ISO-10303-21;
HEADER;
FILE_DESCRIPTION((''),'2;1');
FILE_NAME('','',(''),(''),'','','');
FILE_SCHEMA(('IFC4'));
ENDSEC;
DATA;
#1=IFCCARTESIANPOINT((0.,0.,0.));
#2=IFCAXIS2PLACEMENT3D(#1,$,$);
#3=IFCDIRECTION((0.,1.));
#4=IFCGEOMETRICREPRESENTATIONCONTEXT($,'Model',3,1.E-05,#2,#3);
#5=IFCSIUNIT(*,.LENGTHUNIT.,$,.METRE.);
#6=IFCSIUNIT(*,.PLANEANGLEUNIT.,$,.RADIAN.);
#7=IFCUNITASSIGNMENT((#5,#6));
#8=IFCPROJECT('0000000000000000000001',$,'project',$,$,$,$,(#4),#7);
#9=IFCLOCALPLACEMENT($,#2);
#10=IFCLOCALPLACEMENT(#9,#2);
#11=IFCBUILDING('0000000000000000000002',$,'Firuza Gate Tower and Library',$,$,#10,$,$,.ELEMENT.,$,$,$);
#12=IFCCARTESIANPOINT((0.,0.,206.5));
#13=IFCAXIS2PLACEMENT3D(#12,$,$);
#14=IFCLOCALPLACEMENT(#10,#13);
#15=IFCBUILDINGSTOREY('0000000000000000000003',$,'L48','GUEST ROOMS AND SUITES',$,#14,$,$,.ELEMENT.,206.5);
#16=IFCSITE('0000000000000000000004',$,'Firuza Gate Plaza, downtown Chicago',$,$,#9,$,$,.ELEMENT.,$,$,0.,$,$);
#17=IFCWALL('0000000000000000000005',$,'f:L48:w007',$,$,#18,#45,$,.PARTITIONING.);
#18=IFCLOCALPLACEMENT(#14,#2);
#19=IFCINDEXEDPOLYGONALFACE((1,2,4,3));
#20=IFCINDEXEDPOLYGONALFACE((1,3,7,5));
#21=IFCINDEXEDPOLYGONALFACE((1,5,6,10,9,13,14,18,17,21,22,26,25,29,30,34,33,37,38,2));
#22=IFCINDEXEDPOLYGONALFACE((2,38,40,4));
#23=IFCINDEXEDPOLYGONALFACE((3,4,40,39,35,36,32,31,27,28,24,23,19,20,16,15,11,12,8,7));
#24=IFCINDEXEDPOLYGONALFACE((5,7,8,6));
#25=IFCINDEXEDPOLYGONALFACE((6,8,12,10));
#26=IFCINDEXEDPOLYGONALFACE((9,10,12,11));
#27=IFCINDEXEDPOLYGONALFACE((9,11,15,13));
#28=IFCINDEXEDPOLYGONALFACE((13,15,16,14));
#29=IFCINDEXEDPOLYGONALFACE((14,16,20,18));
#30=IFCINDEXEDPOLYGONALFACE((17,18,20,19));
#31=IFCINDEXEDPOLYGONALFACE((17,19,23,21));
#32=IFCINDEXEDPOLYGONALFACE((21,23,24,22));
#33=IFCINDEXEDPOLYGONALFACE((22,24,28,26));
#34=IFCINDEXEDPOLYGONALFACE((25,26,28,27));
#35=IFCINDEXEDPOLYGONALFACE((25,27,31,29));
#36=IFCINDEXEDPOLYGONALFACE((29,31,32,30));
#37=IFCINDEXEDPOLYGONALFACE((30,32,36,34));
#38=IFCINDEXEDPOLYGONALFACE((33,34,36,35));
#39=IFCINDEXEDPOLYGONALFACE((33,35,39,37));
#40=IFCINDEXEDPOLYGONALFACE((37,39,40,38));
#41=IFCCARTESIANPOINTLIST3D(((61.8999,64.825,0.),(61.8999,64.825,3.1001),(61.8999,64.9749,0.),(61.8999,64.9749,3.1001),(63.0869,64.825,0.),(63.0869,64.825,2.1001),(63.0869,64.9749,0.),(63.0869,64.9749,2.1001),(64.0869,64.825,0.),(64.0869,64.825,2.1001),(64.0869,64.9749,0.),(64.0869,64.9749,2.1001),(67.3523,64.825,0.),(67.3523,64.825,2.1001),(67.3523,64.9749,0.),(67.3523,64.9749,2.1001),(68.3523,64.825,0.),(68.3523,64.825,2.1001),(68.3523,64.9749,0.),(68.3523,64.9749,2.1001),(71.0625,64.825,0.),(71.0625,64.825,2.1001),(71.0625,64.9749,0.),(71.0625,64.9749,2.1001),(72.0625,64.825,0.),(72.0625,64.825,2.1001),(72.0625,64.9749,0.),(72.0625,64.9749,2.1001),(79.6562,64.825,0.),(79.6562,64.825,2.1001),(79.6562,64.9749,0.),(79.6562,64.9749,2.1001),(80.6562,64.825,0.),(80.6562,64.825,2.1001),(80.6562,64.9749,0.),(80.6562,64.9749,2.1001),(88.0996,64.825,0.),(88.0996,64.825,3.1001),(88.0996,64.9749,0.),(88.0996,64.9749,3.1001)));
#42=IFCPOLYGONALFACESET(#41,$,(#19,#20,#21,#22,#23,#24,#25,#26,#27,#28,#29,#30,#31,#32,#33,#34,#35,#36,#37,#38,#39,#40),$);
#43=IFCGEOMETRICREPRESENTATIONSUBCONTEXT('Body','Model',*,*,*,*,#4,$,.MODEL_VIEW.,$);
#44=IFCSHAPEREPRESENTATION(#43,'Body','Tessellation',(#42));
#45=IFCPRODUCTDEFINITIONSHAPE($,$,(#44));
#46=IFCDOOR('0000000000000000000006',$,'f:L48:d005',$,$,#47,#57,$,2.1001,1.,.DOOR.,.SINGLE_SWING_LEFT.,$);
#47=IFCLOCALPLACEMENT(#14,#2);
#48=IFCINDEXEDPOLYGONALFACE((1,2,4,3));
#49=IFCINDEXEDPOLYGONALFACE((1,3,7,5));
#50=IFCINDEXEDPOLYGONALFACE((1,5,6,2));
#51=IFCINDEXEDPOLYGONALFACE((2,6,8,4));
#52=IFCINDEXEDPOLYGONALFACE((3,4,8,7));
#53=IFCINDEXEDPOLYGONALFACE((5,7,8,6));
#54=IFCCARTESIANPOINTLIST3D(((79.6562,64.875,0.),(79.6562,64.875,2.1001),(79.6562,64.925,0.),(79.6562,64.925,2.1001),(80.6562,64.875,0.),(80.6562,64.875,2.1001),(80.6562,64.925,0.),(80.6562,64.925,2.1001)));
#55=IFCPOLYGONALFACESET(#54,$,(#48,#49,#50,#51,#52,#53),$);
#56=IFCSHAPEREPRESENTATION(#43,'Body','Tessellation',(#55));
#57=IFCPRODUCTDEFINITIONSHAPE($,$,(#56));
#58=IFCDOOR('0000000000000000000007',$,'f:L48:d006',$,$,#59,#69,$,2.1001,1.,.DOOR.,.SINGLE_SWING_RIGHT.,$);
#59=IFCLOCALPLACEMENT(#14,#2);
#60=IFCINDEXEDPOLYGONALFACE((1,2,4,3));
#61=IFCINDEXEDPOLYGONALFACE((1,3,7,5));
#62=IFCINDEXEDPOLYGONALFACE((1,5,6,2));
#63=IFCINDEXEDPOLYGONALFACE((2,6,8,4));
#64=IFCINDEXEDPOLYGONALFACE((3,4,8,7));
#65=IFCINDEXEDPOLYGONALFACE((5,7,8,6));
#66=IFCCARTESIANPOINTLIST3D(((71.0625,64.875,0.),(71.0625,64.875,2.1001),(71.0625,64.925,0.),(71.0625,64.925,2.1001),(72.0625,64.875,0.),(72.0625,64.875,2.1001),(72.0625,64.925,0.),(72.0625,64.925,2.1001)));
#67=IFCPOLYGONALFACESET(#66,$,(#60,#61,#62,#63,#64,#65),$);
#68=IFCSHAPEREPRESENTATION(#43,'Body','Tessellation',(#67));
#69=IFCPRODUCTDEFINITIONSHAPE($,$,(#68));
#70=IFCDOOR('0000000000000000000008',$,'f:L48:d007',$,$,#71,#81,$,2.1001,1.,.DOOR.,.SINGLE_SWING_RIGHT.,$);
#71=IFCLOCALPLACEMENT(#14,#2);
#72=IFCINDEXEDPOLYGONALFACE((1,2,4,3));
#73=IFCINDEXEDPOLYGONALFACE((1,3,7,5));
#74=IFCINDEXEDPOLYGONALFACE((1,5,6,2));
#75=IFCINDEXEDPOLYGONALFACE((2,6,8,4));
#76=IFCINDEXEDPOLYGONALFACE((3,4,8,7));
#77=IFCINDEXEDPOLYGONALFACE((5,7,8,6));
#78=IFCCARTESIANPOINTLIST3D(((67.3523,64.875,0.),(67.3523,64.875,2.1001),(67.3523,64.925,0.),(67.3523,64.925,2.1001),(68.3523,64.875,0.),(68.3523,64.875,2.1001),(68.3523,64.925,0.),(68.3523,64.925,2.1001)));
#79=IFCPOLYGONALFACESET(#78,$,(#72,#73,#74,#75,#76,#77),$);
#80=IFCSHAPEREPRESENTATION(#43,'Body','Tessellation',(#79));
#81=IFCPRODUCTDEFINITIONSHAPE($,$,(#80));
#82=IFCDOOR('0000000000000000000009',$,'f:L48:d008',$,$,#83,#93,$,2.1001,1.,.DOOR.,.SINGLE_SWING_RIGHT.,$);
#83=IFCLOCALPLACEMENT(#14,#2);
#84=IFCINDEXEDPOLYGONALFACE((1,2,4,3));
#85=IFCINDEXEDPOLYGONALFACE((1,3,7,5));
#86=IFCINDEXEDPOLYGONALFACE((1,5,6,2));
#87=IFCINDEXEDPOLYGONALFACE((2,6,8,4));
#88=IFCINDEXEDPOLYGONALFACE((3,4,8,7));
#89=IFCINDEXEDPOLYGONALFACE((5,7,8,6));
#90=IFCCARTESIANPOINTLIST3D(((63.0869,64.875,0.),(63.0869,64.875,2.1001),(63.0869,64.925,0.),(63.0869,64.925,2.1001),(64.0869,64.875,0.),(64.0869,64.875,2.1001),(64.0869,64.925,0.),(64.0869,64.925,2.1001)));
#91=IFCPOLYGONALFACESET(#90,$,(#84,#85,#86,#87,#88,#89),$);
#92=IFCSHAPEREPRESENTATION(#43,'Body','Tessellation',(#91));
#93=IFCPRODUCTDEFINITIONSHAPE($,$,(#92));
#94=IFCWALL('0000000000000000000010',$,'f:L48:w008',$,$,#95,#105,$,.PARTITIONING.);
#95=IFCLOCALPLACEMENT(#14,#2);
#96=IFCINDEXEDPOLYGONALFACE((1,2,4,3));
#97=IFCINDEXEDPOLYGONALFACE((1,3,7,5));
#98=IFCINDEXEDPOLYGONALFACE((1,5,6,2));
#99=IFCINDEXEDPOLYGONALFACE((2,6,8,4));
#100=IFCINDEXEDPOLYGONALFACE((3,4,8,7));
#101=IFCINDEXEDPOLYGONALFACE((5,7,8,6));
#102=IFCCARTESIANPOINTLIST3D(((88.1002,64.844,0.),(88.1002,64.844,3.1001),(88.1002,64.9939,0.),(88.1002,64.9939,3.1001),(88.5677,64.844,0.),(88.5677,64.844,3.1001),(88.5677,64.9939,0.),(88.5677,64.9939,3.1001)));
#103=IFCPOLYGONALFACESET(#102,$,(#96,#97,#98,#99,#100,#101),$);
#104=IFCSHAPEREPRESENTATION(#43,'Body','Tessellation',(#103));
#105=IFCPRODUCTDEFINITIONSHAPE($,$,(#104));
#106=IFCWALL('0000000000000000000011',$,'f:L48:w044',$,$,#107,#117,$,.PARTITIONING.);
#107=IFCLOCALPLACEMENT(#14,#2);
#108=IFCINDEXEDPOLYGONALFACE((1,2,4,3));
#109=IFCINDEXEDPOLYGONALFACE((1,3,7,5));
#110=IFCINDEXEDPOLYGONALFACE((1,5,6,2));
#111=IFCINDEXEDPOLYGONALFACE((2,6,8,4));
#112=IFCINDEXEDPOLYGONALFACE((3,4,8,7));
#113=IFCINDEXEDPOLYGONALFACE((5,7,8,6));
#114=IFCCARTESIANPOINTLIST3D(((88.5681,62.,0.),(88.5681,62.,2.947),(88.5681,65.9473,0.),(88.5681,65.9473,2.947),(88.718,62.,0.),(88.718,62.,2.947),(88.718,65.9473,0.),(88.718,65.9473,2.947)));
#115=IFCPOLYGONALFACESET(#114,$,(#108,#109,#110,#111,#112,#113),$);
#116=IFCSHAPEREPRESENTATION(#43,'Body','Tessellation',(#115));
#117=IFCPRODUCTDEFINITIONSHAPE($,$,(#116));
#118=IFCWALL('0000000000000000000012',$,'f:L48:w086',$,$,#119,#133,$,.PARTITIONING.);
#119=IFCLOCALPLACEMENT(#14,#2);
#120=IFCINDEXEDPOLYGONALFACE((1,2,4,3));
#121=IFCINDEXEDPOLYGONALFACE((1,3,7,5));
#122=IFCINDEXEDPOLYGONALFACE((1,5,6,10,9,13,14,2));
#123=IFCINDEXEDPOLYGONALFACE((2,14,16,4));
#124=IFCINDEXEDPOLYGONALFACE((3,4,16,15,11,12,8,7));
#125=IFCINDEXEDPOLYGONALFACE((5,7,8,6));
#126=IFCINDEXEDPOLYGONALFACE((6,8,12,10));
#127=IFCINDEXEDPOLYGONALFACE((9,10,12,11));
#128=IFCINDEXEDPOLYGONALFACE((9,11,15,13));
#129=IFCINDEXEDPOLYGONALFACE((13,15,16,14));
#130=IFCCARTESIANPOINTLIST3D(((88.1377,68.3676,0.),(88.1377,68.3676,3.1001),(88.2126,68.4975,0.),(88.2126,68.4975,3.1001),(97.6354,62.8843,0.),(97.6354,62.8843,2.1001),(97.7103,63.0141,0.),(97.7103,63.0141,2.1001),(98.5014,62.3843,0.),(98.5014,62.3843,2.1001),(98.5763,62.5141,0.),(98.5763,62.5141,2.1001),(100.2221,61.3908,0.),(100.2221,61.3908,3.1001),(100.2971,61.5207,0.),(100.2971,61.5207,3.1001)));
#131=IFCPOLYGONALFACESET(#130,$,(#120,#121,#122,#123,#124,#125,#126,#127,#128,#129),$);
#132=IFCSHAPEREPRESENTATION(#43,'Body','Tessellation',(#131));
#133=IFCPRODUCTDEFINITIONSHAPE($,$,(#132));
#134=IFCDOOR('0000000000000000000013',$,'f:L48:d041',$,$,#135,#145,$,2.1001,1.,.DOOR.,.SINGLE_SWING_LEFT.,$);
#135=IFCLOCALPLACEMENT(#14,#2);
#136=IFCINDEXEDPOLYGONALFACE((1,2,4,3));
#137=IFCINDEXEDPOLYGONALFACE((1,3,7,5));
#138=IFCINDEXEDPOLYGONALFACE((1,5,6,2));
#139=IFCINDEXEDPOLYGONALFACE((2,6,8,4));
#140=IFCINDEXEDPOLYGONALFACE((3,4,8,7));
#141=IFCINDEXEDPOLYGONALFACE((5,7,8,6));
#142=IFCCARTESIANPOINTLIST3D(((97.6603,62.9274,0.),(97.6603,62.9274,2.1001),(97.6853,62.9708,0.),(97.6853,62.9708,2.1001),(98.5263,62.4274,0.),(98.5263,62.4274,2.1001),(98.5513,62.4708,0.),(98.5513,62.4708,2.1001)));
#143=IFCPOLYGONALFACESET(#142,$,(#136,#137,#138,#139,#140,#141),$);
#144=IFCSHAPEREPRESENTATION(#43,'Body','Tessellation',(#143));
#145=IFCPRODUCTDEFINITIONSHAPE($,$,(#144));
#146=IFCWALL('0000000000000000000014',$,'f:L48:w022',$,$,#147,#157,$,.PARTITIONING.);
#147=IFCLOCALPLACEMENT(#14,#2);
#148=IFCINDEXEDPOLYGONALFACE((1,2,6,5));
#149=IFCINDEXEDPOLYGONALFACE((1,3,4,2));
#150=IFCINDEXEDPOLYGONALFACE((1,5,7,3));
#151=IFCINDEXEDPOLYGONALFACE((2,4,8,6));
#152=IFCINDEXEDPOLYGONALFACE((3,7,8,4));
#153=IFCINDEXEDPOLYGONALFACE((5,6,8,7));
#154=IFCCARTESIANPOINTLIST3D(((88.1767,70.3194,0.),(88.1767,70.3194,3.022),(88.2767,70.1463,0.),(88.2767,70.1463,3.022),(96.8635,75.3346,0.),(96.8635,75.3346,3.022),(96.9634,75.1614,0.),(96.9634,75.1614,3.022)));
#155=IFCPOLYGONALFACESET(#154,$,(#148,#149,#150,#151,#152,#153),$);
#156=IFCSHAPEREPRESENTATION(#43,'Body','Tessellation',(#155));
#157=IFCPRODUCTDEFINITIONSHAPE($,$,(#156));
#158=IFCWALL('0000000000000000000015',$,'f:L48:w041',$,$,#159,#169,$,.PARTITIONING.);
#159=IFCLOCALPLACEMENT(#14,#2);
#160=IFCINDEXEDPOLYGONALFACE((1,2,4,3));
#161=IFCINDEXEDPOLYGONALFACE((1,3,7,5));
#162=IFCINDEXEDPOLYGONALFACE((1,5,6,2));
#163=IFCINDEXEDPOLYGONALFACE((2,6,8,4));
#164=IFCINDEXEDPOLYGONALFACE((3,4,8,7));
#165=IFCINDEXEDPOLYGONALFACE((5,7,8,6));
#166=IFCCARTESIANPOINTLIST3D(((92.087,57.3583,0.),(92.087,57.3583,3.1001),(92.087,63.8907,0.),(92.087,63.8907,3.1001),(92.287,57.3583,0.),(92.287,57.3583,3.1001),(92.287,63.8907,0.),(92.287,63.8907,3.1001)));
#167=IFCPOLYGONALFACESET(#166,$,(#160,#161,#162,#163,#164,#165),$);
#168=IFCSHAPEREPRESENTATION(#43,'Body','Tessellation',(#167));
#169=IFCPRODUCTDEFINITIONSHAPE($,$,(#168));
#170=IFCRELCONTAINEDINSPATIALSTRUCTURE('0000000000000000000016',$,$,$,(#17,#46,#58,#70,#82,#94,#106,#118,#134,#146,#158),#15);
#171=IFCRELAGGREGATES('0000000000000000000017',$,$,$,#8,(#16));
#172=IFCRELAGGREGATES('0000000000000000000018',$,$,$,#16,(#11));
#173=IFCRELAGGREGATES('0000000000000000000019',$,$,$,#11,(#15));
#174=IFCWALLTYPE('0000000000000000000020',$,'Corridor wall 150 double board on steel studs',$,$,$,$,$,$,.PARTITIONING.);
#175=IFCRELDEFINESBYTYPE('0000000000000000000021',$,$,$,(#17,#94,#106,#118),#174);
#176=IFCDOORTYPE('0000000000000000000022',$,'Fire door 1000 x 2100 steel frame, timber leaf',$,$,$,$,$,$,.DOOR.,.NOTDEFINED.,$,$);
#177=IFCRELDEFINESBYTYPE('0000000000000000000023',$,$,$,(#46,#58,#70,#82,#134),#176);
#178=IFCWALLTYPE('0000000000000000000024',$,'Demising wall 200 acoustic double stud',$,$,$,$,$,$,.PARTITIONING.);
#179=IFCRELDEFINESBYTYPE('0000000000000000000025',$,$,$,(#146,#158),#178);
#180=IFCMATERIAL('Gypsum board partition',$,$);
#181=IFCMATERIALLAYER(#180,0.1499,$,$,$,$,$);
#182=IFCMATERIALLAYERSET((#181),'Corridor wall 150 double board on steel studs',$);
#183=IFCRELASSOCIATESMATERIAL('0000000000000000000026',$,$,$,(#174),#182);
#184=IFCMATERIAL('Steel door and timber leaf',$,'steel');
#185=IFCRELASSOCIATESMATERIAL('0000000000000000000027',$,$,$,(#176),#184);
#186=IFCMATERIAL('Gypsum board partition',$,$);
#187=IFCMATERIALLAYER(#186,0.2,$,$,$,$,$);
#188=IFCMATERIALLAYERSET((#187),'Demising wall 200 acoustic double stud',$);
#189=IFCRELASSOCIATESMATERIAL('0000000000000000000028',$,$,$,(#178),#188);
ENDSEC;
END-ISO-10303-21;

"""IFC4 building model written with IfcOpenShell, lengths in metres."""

from ifc_helpers import new_model, si_unit, direction, frame, frame_2d, origin, place, context, subcontext, project, spatial, rectangle, extrude, material, layer, layer_set, type_object, element, fill, save


model = new_model("IFC4")

# Units and contexts
model_context = context("Model", 3, precision=1e-05, world=origin(), true_north=direction((0.0, 1.0)))
body_context = subcontext(model_context, "Body", "Model", "MODEL_VIEW")
ifc_project = project(units=[si_unit("LENGTHUNIT", "METRE"), si_unit("PLANEANGLEUNIT", "RADIAN")], contexts=[model_context])

# Site, building, storey
site_placement = place(None, origin())
site = spatial("IfcSite", under=ifc_project, at=site_placement, Name="Firuza Gate Plaza, downtown Chicago", CompositionType="ELEMENT", RefElevation=0.0)
building_placement = place(site_placement, origin())
building = spatial("IfcBuilding", under=site, at=building_placement, Name="Firuza Gate Tower and Library", CompositionType="ELEMENT")
storey_placement = place(building_placement, frame((0.0, 0.0, 206.5)))
storey = spatial("IfcBuildingStorey", under=building, at=storey_placement, Name="L48", Description="GUEST ROOMS AND SUITES", CompositionType="ELEMENT", Elevation=206.5)

# Wall, openings, doors
ifc_material_1 = material(Name="Gypsum board partition")
ifc_layer_1 = layer(ifc_material_1, 0.1499)
ifc_layer_set_1 = layer_set([ifc_layer_1], Name="Corridor wall 150 double board on steel studs")
wall_type_1 = type_object("IfcWallType", Name="Corridor wall 150 double board on steel studs", PredefinedType="PARTITIONING", material=ifc_layer_set_1)
wall_1_placement = place(storey_placement, frame((88.0996, 64.8999, 0.0), z_axis=(0.0, 0.0, 1.0), x_axis=(-1.0, 0.0, 0.0)))
wall_1 = element("IfcWall", 1, at=wall_1_placement, inside=storey, type_object=wall_type_1, Name="f:L48:w007", PredefinedType="PARTITIONING", context=body_context, shape_type="SweptSolid", body=[
    extrude(rectangle(XDim=26.1997, YDim=0.1499, at=frame_2d((13.0999, 0.0))), origin(), (0.0, 0.0, 1.0), 3.1001),
])
opening_1_placement = place(wall_1_placement, frame((7.4434, 0.0, 0.0)))
opening_1 = element("IfcOpeningElement", 2, at=opening_1_placement, cuts=wall_1, PredefinedType="OPENING", context=body_context, shape_type="SweptSolid", body=[
    extrude(rectangle(XDim=1.0, YDim=2.1001, at=frame_2d((0.5, 1.05))), frame((0.0, 0.085, 0.0), z_axis=(0.0, -1.0, 0.0), x_axis=(1.0, 0.0, 0.0)), (0.0, 0.0, 1.0), 0.1699),
])
opening_2_placement = place(wall_1_placement, frame((16.0371, 0.0, 0.0)))
opening_2 = element("IfcOpeningElement", 3, at=opening_2_placement, cuts=wall_1, PredefinedType="OPENING", context=body_context, shape_type="SweptSolid", body=[
    extrude(rectangle(XDim=1.0, YDim=2.1001, at=frame_2d((0.5, 1.05))), frame((0.0, 0.085, 0.0), z_axis=(0.0, -1.0, 0.0), x_axis=(1.0, 0.0, 0.0)), (0.0, 0.0, 1.0), 0.1699),
])
opening_3_placement = place(wall_1_placement, frame((19.7473, 0.0, 0.0)))
opening_3 = element("IfcOpeningElement", 4, at=opening_3_placement, cuts=wall_1, PredefinedType="OPENING", context=body_context, shape_type="SweptSolid", body=[
    extrude(rectangle(XDim=1.0, YDim=2.1001, at=frame_2d((0.5, 1.05))), frame((0.0, 0.085, 0.0), z_axis=(0.0, -1.0, 0.0), x_axis=(1.0, 0.0, 0.0)), (0.0, 0.0, 1.0), 0.1699),
])
opening_4_placement = place(wall_1_placement, frame((24.0127, 0.0, 0.0)))
opening_4 = element("IfcOpeningElement", 5, at=opening_4_placement, cuts=wall_1, PredefinedType="OPENING", context=body_context, shape_type="SweptSolid", body=[
    extrude(rectangle(XDim=1.0, YDim=2.1001, at=frame_2d((0.5, 1.05))), frame((0.0, 0.085, 0.0), z_axis=(0.0, -1.0, 0.0), x_axis=(1.0, 0.0, 0.0)), (0.0, 0.0, 1.0), 0.1699),
])
ifc_material_2 = material(Name="Steel door and timber leaf", Category="steel")
door_type_1 = type_object("IfcDoorType", Name="Fire door 1000 x 2100 steel frame, timber leaf", OperationType="NOTDEFINED", PredefinedType="DOOR", material=ifc_material_2)
door_1_placement = place(opening_1_placement, origin())
door_1 = element("IfcDoor", 6, at=door_1_placement, inside=storey, type_object=door_type_1, Name="f:L48:d005", OperationType="SINGLE_SWING_LEFT", OverallHeight=2.1001, OverallWidth=1.0, PredefinedType="DOOR", context=body_context, shape_type="SweptSolid", body=[
    extrude(rectangle(XDim=1.0, YDim=2.1001, at=frame_2d((0.5, 1.05))), frame((0.0, 0.0249, 0.0), z_axis=(0.0, -1.0, 0.0), x_axis=(1.0, 0.0, 0.0)), (0.0, 0.0, 1.0), 0.05),
])
fill(opening_1, door_1)
door_2_placement = place(opening_2_placement, origin())
door_2 = element("IfcDoor", 7, at=door_2_placement, inside=storey, type_object=door_type_1, Name="f:L48:d006", OperationType="SINGLE_SWING_RIGHT", OverallHeight=2.1001, OverallWidth=1.0, PredefinedType="DOOR", context=body_context, shape_type="SweptSolid", body=[
    extrude(rectangle(XDim=1.0, YDim=2.1001, at=frame_2d((0.5, 1.05))), frame((0.0, 0.0249, 0.0), z_axis=(0.0, -1.0, 0.0), x_axis=(1.0, 0.0, 0.0)), (0.0, 0.0, 1.0), 0.05),
])
fill(opening_2, door_2)
door_3_placement = place(opening_3_placement, origin())
door_3 = element("IfcDoor", 8, at=door_3_placement, inside=storey, type_object=door_type_1, Name="f:L48:d007", OperationType="SINGLE_SWING_RIGHT", OverallHeight=2.1001, OverallWidth=1.0, PredefinedType="DOOR", context=body_context, shape_type="SweptSolid", body=[
    extrude(rectangle(XDim=1.0, YDim=2.1001, at=frame_2d((0.5, 1.05))), frame((0.0, 0.0249, 0.0), z_axis=(0.0, -1.0, 0.0), x_axis=(1.0, 0.0, 0.0)), (0.0, 0.0, 1.0), 0.05),
])
fill(opening_3, door_3)
door_4_placement = place(opening_4_placement, origin())
door_4 = element("IfcDoor", 9, at=door_4_placement, inside=storey, type_object=door_type_1, Name="f:L48:d008", OperationType="SINGLE_SWING_RIGHT", OverallHeight=2.1001, OverallWidth=1.0, PredefinedType="DOOR", context=body_context, shape_type="SweptSolid", body=[
    extrude(rectangle(XDim=1.0, YDim=2.1001, at=frame_2d((0.5, 1.05))), frame((0.0, 0.0249, 0.0), z_axis=(0.0, -1.0, 0.0), x_axis=(1.0, 0.0, 0.0)), (0.0, 0.0, 1.0), 0.05),
])
fill(opening_4, door_4)

# Walls
wall_2_placement = place(storey_placement, frame((88.1001, 64.9189, 0.0), z_axis=(0.0, 0.0, 1.0), x_axis=(1.0, 0.0, 0.0)))
element("IfcWall", 10, at=wall_2_placement, inside=storey, type_object=wall_type_1, Name="f:L48:w008", PredefinedType="PARTITIONING", context=body_context, shape_type="SweptSolid", body=[
    extrude(rectangle(XDim=0.4675, YDim=0.1499, at=frame_2d((0.2339, 0.0))), origin(), (0.0, 0.0, 1.0), 3.1001),
])
wall_3_placement = place(storey_placement, frame((88.6431, 62.0, 0.0), z_axis=(0.0, 0.0, 1.0), x_axis=(0.0, 1.0, 0.0)))
element("IfcWall", 11, at=wall_3_placement, inside=storey, type_object=wall_type_1, Name="f:L48:w044", PredefinedType="PARTITIONING", context=body_context, shape_type="SweptSolid", body=[
    extrude(rectangle(XDim=3.9473, YDim=0.1499, at=frame_2d((1.9736, 0.0))), origin(), (0.0, 0.0, 1.0), 2.947),
])

# Wall, opening, door
wall_4_placement = place(storey_placement, frame((88.175, 68.4326, 0.0), z_axis=(0.0, 0.0, 1.0), x_axis=(0.866031, -0.499991, 0.0)))
wall_4 = element("IfcWall", 12, at=wall_4_placement, inside=storey, type_object=wall_type_1, Name="f:L48:w086", PredefinedType="PARTITIONING", context=body_context, shape_type="SweptSolid", body=[
    extrude(rectangle(XDim=13.9539, YDim=0.1499, at=frame_2d((6.9771, 0.0))), origin(), (0.0, 0.0, 1.0), 3.1001),
])
opening_5_placement = place(wall_4_placement, frame((10.967, 0.0, 0.0)))
opening_5 = element("IfcOpeningElement", 13, at=opening_5_placement, cuts=wall_4, PredefinedType="OPENING", context=body_context, shape_type="SweptSolid", body=[
    extrude(rectangle(XDim=1.0, YDim=2.1001, at=frame_2d((0.5, 1.05))), frame((0.0, 0.085, 0.0), z_axis=(0.0, -1.0, 0.0), x_axis=(1.0, 0.0, 0.0)), (0.0, 0.0, 1.0), 0.1699),
])
door_5_placement = place(opening_5_placement, origin())
door_5 = element("IfcDoor", 14, at=door_5_placement, inside=storey, type_object=door_type_1, Name="f:L48:d041", OperationType="SINGLE_SWING_LEFT", OverallHeight=2.1001, OverallWidth=1.0, PredefinedType="DOOR", context=body_context, shape_type="SweptSolid", body=[
    extrude(rectangle(XDim=1.0, YDim=2.1001, at=frame_2d((0.5, 1.05))), frame((0.0, 0.0249, 0.0), z_axis=(0.0, -1.0, 0.0), x_axis=(1.0, 0.0, 0.0)), (0.0, 0.0, 1.0), 0.05),
])
fill(opening_5, door_5)

# Walls
ifc_material_3 = material(Name="Gypsum board partition")
ifc_layer_2 = layer(ifc_material_3, 0.2)
ifc_layer_set_2 = layer_set([ifc_layer_2], Name="Demising wall 200 acoustic double stud")
wall_type_2 = type_object("IfcWallType", Name="Demising wall 200 acoustic double stud", PredefinedType="PARTITIONING", material=ifc_layer_set_2)
wall_5_placement = place(storey_placement, frame((88.2268, 70.2329, 0.0), z_axis=(0.0, 0.0, 1.0), x_axis=(0.866033, 0.499987, 0.0)))
element("IfcWall", 15, at=wall_5_placement, inside=storey, type_object=wall_type_2, Name="f:L48:w022", PredefinedType="PARTITIONING", context=body_context, shape_type="SweptSolid", body=[
    extrude(rectangle(XDim=10.0305, YDim=0.2, at=frame_2d((5.0151, 0.0))), origin(), (0.0, 0.0, 1.0), 3.022),
])
wall_6_placement = place(storey_placement, frame((92.187, 57.3584, 0.0), z_axis=(0.0, 0.0, 1.0), x_axis=(0.0, 1.0, 0.0)))
element("IfcWall", 16, at=wall_6_placement, inside=storey, type_object=wall_type_2, Name="f:L48:w041", PredefinedType="PARTITIONING", context=body_context, shape_type="SweptSolid", body=[
    extrude(rectangle(XDim=6.5325, YDim=0.2, at=frame_2d((3.2661, 0.0))), origin(), (0.0, 0.0, 1.0), 3.1001),
])

save(model, "model.ifc")
